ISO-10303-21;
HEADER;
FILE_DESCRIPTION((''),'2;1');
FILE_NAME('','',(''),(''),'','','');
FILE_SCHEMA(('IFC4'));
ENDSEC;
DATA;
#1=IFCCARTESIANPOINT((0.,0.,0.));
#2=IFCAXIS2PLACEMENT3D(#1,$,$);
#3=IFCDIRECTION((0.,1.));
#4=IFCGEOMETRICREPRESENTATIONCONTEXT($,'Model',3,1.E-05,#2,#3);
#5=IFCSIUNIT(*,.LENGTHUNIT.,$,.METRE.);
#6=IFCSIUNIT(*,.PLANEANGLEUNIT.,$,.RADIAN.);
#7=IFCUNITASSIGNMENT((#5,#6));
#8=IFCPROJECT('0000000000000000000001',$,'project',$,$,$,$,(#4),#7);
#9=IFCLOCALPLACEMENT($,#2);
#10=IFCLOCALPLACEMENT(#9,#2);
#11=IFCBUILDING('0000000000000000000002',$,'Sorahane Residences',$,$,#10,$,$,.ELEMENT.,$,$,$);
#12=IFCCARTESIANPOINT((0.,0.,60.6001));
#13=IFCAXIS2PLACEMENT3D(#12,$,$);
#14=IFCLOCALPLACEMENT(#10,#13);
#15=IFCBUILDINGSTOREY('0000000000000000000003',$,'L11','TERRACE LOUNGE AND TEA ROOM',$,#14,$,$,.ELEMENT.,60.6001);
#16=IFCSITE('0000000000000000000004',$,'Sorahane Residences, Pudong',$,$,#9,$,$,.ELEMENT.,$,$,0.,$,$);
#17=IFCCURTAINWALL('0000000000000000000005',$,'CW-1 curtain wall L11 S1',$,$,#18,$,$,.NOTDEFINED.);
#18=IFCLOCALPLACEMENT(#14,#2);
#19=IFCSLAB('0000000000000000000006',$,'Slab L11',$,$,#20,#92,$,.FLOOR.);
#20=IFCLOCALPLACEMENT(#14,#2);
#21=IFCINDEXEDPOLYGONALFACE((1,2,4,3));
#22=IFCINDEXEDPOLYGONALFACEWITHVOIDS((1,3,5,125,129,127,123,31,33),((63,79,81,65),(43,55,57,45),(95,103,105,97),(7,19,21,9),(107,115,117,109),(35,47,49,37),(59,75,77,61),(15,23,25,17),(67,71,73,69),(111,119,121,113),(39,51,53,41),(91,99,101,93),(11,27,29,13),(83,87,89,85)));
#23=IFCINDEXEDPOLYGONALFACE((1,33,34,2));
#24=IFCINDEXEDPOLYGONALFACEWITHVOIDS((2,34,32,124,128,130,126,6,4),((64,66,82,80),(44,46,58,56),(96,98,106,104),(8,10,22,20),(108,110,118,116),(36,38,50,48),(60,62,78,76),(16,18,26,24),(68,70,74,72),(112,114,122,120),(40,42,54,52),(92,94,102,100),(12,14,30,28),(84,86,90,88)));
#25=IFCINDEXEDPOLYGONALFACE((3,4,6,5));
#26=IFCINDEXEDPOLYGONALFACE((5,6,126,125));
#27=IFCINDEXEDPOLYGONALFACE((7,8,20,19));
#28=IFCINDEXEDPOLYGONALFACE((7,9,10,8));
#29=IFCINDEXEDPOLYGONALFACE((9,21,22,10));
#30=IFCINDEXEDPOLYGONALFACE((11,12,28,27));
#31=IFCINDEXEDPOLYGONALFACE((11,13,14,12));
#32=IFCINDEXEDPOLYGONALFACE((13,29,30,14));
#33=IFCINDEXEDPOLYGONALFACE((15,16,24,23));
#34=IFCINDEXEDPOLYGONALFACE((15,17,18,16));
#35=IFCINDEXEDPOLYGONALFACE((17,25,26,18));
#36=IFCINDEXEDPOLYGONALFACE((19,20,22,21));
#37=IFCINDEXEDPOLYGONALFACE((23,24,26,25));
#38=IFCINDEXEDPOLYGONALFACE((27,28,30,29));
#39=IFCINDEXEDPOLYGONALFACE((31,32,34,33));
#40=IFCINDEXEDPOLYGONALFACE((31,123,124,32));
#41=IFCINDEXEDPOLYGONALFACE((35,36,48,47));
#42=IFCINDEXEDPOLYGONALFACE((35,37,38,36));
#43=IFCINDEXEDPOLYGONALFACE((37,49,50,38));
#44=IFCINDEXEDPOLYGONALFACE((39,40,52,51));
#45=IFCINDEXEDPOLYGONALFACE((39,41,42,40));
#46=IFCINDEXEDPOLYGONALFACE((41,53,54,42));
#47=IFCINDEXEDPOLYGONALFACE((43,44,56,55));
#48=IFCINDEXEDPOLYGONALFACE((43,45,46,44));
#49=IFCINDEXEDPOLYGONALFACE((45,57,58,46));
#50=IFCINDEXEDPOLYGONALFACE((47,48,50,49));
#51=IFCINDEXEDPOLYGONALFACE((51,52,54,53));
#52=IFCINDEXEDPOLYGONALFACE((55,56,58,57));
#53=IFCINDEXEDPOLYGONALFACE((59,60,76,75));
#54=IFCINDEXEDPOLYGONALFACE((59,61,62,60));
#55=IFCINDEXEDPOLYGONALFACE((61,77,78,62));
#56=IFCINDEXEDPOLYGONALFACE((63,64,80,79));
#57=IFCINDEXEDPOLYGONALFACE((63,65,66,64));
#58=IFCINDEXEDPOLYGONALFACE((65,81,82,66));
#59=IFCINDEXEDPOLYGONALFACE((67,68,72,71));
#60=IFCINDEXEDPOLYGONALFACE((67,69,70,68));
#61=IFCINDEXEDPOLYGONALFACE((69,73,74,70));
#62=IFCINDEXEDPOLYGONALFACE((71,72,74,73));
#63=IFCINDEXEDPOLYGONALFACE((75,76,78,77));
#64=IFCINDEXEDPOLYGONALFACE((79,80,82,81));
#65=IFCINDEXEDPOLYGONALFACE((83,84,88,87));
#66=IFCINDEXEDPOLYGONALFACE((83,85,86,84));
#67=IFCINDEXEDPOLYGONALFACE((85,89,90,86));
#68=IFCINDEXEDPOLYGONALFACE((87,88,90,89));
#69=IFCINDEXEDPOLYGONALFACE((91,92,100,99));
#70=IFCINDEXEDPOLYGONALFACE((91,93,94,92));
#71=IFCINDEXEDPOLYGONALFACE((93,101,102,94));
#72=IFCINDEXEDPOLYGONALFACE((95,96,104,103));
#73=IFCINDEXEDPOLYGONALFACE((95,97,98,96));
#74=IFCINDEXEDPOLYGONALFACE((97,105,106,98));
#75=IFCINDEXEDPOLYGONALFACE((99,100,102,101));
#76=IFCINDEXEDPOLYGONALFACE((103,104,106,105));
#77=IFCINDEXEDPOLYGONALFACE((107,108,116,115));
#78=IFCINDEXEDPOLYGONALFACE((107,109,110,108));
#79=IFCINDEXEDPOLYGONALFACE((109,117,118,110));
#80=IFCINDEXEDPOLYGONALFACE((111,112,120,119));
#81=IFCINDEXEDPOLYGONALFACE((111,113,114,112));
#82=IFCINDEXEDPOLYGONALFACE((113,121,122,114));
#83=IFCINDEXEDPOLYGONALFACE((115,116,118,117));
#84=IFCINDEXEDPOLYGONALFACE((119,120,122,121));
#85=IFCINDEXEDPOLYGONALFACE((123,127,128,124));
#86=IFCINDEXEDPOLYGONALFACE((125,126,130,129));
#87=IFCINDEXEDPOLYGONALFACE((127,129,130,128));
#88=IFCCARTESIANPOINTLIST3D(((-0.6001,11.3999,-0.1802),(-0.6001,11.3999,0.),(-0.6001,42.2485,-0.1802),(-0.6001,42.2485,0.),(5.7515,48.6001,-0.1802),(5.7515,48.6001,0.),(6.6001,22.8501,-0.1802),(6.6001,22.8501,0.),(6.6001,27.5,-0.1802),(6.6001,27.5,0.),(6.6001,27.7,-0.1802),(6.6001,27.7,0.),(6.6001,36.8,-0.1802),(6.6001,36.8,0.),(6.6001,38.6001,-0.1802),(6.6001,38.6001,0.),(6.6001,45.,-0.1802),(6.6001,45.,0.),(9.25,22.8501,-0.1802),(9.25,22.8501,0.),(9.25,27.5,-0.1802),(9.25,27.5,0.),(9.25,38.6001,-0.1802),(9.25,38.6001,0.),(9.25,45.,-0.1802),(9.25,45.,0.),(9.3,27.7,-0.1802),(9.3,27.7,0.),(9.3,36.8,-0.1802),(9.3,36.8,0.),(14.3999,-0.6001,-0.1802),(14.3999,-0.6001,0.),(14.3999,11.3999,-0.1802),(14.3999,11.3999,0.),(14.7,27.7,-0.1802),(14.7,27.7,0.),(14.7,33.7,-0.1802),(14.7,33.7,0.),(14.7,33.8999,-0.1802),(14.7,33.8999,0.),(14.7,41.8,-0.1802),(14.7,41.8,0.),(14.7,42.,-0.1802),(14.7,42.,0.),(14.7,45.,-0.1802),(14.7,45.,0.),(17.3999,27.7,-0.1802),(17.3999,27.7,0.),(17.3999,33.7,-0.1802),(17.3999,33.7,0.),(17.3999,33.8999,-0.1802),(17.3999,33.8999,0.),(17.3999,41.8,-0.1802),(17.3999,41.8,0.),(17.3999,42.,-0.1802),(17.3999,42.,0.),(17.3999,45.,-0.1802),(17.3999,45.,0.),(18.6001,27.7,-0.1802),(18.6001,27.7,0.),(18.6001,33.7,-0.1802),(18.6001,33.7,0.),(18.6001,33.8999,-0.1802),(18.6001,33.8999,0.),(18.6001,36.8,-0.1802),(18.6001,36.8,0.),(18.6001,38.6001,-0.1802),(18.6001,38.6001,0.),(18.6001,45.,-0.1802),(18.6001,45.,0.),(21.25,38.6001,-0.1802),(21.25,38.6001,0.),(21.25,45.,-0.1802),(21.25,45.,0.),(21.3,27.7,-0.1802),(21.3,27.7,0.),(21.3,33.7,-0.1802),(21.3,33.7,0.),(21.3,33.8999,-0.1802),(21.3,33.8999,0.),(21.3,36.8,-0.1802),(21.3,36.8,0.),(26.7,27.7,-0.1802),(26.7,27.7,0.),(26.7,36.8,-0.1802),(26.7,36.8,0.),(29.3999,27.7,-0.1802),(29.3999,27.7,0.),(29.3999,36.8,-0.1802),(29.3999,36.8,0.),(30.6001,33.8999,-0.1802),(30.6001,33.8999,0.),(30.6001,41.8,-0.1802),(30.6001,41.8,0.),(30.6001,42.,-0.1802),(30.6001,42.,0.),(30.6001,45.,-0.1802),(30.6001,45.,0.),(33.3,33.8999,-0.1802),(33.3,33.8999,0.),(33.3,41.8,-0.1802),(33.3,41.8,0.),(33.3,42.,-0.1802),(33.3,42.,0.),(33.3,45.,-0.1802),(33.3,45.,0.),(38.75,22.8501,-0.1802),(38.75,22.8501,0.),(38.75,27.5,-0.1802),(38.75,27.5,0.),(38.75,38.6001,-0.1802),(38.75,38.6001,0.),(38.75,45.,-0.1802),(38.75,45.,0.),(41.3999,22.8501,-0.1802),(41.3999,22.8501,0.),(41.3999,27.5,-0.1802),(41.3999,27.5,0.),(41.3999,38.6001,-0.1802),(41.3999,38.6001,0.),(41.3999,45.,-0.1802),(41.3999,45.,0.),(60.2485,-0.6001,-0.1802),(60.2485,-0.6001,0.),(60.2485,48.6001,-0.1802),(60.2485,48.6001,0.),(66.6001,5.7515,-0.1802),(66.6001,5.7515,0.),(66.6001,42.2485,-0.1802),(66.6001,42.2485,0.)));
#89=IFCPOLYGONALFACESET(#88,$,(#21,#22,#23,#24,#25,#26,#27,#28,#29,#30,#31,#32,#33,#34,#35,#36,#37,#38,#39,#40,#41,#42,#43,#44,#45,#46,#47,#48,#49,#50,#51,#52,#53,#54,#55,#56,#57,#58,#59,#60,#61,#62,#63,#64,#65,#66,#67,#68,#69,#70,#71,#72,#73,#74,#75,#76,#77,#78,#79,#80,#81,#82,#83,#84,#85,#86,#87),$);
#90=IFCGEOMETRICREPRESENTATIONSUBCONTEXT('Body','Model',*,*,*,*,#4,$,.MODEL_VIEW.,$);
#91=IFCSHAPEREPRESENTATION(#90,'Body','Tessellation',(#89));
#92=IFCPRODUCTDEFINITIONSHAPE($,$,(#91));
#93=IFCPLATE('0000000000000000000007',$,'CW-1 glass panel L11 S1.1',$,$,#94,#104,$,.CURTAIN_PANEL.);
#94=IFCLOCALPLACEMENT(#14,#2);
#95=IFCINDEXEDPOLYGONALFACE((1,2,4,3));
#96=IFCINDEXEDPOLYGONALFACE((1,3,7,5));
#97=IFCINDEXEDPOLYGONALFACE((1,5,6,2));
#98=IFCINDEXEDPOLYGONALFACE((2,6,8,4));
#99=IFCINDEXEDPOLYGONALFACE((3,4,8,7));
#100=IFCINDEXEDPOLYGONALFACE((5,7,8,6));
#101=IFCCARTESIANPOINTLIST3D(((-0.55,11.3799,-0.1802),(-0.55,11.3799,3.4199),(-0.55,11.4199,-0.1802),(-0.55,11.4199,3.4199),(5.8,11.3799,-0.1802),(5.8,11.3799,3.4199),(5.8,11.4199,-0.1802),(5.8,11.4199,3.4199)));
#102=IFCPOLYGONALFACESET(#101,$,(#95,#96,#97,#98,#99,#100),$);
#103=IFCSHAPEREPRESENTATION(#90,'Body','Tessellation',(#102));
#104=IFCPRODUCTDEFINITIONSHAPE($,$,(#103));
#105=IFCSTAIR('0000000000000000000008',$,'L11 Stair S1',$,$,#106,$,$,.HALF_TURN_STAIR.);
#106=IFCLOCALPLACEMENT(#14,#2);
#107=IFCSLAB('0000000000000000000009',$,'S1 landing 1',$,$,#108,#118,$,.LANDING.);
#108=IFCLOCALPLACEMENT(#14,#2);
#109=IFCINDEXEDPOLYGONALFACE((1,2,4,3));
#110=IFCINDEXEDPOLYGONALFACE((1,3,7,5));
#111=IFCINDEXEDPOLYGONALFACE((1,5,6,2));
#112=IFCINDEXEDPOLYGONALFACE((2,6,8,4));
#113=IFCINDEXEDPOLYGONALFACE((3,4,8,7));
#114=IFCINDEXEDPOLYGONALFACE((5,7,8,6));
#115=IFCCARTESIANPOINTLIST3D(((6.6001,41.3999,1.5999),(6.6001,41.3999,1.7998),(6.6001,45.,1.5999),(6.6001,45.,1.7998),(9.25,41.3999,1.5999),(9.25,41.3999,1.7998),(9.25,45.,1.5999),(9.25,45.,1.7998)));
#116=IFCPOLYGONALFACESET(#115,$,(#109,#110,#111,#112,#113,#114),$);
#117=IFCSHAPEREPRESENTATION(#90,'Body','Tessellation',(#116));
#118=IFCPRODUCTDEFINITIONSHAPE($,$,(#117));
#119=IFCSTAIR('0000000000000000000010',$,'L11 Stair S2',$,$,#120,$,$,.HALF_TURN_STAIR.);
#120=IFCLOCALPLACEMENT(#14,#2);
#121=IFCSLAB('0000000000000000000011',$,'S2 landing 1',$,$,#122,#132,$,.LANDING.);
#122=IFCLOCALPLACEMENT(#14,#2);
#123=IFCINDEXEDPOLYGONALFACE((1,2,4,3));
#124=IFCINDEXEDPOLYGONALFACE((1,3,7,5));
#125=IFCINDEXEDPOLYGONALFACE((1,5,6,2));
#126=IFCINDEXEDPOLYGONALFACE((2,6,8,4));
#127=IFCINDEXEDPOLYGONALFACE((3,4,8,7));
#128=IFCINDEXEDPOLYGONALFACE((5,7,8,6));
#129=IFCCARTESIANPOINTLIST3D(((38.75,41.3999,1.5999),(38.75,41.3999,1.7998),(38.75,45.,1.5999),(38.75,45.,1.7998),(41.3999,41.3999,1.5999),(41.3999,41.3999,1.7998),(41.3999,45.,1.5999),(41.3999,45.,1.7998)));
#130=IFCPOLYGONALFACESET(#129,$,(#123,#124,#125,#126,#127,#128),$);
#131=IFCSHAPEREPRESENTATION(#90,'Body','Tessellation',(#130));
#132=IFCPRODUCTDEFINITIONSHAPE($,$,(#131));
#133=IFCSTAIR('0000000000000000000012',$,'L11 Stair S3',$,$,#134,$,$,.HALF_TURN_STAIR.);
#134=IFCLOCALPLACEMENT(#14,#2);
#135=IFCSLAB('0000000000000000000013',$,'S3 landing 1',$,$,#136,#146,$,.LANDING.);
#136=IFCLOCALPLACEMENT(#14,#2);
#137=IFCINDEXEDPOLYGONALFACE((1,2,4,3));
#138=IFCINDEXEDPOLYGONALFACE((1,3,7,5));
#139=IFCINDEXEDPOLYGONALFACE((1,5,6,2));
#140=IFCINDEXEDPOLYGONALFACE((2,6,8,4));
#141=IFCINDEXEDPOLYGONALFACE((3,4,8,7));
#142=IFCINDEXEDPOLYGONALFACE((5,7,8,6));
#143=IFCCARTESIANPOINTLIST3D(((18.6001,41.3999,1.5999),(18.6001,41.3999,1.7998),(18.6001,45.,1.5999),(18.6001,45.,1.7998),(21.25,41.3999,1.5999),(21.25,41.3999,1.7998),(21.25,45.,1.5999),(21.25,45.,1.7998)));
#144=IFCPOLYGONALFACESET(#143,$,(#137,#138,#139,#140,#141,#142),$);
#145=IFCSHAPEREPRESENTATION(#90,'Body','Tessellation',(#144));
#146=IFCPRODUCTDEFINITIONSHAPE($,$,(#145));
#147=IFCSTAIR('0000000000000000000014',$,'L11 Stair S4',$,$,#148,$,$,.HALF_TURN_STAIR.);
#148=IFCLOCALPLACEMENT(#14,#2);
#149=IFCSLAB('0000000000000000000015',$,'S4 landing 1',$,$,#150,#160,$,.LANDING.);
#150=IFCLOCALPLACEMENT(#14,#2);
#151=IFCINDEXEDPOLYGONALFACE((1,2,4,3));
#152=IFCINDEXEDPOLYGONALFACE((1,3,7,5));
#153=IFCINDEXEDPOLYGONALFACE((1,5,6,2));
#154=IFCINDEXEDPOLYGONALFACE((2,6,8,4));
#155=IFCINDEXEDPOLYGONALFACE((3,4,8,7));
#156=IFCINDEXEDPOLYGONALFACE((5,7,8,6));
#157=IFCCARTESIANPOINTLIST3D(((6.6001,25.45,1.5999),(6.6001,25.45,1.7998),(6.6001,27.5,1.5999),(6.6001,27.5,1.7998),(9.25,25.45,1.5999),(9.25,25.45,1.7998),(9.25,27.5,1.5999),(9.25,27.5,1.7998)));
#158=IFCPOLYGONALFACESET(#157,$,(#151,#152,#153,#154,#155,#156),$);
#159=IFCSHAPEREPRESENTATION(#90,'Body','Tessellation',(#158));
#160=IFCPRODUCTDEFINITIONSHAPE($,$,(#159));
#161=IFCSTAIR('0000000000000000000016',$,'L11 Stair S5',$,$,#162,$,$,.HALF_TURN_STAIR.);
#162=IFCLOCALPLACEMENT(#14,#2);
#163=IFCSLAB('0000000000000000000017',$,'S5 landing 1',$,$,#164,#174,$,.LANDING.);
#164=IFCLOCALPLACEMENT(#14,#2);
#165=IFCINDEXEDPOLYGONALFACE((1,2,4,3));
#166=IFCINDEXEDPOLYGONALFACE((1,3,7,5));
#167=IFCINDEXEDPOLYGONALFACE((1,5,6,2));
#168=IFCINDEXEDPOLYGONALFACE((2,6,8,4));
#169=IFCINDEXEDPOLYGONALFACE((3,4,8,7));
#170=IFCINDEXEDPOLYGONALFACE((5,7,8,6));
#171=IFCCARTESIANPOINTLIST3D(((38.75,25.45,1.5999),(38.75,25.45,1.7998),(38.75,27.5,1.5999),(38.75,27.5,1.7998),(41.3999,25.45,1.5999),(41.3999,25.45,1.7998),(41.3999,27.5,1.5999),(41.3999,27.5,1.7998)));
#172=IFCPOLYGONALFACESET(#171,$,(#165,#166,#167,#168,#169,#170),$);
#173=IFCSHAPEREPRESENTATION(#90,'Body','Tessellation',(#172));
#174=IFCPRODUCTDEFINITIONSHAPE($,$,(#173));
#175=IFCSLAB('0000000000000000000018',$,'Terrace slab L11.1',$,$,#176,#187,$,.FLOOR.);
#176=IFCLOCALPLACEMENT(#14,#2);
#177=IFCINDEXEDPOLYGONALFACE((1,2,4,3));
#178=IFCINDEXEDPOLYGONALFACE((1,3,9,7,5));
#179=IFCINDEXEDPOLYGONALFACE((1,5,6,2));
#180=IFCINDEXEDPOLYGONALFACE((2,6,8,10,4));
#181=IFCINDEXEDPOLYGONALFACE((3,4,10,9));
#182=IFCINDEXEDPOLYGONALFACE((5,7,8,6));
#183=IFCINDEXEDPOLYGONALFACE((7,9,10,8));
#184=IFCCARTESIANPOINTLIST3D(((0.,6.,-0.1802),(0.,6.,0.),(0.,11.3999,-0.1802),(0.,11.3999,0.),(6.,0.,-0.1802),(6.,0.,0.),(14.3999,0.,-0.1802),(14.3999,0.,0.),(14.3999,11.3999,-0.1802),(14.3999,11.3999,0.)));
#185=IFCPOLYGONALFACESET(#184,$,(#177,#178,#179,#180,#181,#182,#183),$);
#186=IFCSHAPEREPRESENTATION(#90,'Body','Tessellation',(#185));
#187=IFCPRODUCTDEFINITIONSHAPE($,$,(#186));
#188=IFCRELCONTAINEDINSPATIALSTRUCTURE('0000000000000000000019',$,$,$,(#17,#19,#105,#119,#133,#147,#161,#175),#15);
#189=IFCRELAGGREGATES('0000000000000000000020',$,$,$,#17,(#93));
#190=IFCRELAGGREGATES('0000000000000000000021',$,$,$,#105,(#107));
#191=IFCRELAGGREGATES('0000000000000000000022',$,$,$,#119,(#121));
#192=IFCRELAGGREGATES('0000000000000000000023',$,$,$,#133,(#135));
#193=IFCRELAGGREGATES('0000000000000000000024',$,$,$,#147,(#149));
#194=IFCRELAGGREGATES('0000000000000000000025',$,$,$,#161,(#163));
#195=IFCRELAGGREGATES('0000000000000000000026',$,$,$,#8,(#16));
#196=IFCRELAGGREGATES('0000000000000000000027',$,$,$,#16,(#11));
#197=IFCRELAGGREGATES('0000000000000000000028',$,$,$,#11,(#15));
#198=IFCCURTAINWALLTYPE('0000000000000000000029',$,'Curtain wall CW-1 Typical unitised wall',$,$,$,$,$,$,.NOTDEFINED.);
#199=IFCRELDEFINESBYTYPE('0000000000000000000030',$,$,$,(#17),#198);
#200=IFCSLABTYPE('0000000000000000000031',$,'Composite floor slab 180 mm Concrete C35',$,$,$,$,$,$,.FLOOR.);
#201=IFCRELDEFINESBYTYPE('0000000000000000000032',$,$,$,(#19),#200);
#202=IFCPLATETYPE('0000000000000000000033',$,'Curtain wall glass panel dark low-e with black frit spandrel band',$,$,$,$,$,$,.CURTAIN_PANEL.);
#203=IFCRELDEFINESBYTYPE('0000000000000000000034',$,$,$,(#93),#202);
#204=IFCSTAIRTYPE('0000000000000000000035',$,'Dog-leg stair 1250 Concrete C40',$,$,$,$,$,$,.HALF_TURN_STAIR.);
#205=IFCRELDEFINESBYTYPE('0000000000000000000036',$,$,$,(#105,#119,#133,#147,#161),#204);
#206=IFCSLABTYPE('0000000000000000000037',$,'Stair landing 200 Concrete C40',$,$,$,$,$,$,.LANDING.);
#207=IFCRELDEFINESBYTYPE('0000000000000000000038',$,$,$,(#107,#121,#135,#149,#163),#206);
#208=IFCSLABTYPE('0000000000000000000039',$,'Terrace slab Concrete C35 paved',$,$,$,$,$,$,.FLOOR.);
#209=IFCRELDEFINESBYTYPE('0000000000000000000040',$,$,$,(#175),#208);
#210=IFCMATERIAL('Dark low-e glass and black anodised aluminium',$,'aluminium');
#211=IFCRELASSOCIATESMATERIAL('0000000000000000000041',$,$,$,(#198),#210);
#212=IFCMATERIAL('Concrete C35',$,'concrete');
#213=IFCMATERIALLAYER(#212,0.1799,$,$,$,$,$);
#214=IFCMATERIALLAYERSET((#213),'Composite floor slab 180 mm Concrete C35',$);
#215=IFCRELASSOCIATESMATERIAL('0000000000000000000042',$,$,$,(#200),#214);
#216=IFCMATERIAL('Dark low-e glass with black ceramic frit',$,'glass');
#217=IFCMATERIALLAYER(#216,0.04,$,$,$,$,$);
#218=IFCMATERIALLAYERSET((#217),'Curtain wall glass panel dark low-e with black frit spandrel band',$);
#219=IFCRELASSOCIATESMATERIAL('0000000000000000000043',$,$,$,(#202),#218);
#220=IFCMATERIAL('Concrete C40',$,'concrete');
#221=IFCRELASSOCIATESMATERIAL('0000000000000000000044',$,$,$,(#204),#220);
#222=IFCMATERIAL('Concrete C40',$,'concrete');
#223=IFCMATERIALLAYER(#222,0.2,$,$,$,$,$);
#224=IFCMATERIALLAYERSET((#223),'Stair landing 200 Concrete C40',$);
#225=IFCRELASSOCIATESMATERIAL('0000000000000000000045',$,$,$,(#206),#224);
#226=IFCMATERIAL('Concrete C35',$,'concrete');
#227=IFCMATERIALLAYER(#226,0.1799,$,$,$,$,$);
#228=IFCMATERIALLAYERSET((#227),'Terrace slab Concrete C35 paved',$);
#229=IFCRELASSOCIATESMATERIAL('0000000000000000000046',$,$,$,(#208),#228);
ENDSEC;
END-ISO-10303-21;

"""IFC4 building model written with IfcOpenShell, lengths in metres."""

from ifc_helpers import new_model, si_unit, direction, frame, origin, origin_2d, place, context, subcontext, project, spatial, polyline, rectangle, outline, extrude, material, layer, layer_set, type_object, element, aggregate, save


model = new_model("IFC4")

# Units and contexts
model_context = context("Model", 3, precision=1e-05, world=origin(), true_north=direction((0.0, 1.0)))
body_context = subcontext(model_context, "Body", "Model", "MODEL_VIEW")
ifc_project = project(units=[si_unit("LENGTHUNIT", "METRE"), si_unit("PLANEANGLEUNIT", "RADIAN")], contexts=[model_context])

# Site, building, storey
site_placement = place(None, origin())
site = spatial("IfcSite", under=ifc_project, at=site_placement, Name="Sorahane Residences, Pudong", CompositionType="ELEMENT", RefElevation=0.0)
building_placement = place(site_placement, origin())
building = spatial("IfcBuilding", under=site, at=building_placement, Name="Sorahane Residences", CompositionType="ELEMENT")
storey_placement = place(building_placement, frame((0.0, 0.0, 60.6001)))
storey = spatial("IfcBuildingStorey", under=building, at=storey_placement, Name="L11", Description="TERRACE LOUNGE AND TEA ROOM", CompositionType="ELEMENT", Elevation=60.6001)

# Shared definitions
ifc_material_1 = material(Name="Dark low-e glass and black anodised aluminium", Category="aluminium")
curtain_wall_type = type_object("IfcCurtainWallType", Name="Curtain wall CW-1 Typical unitised wall", PredefinedType="NOTDEFINED", material=ifc_material_1)

# Curtain wall
curtain_wall_1_placement = place(storey_placement, origin())
curtain_wall_1 = element("IfcCurtainWall", 1, at=curtain_wall_1_placement, inside=storey, type_object=curtain_wall_type, Name="CW-1 curtain wall L11 S1", PredefinedType="NOTDEFINED")

# Slab
ifc_material_2 = material(Name="Concrete C35", Category="concrete")
ifc_layer_1 = layer(ifc_material_2, 0.1799)
ifc_layer_set_1 = layer_set([ifc_layer_1], Name="Composite floor slab 180 mm Concrete C35")
slab_type_1 = type_object("IfcSlabType", Name="Composite floor slab 180 mm Concrete C35", PredefinedType="FLOOR", material=ifc_layer_set_1)
slab_1_placement = place(storey_placement, frame((0.0, 0.0, -0.1802)))
element("IfcSlab", 2, at=slab_1_placement, inside=storey, type_object=slab_type_1, Name="Slab L11", PredefinedType="FLOOR", context=body_context, shape_type="SweptSolid", body=[
    extrude(outline(polyline([(-0.6001, 42.2485), (5.7515, 48.6001), (60.2485, 48.6001), (66.6001, 42.2485), (66.6001, 5.7515), (60.2485, -0.6001), (14.3999, -0.6001), (14.3999, 11.3999), (-0.6001, 11.3999), (-0.6001, 42.2485)]), holes=[polyline([(18.6001, 27.7), (21.3, 27.7), (21.3, 33.7), (18.6001, 33.7), (18.6001, 27.7)]), polyline([(30.6001, 42.0), (33.3, 42.0), (33.3, 45.0), (30.6001, 45.0), (30.6001, 42.0)]), polyline([(14.7, 27.7), (17.3999, 27.7), (17.3999, 33.7), (14.7, 33.7), (14.7, 27.7)]), polyline([(14.7, 42.0), (17.3999, 42.0), (17.3999, 45.0), (14.7, 45.0), (14.7, 42.0)]), polyline([(6.6001, 27.7), (9.3, 27.7), (9.3, 36.8), (6.6001, 36.8), (6.6001, 27.7)]), polyline([(9.25, 38.6001), (9.25, 45.0), (6.6001, 45.0), (6.6001, 38.6001), (9.25, 38.6001)]), polyline([(41.3999, 38.6001), (41.3999, 45.0), (38.75, 45.0), (38.75, 38.6001), (41.3999, 38.6001)]), polyline([(21.25, 38.6001), (21.25, 45.0), (18.6001, 45.0), (18.6001, 38.6001), (21.25, 38.6001)]), polyline([(9.25, 22.8501), (9.25, 27.5), (6.6001, 27.5), (6.6001, 22.8501), (9.25, 22.8501)]), polyline([(41.3999, 22.8501), (41.3999, 27.5), (38.75, 27.5), (38.75, 22.8501), (41.3999, 22.8501)]), polyline([(14.7, 33.8999), (17.3999, 33.8999), (17.3999, 41.8), (14.7, 41.8), (14.7, 33.8999)]), polyline([(30.6001, 33.8999), (33.3, 33.8999), (33.3, 41.8), (30.6001, 41.8), (30.6001, 33.8999)]), polyline([(18.6001, 33.8999), (21.3, 33.8999), (21.3, 36.8), (18.6001, 36.8), (18.6001, 33.8999)]), polyline([(26.7, 27.7), (29.3999, 27.7), (29.3999, 36.8), (26.7, 36.8), (26.7, 27.7)])]), origin(), (0.0, 0.0, 1.0), 0.1802),
])

# Plate
ifc_material_3 = material(Name="Dark low-e glass with black ceramic frit", Category="glass")
ifc_layer_2 = layer(ifc_material_3, 0.04)
ifc_layer_set_2 = layer_set([ifc_layer_2], Name="Curtain wall glass panel dark low-e with black frit spandrel band")
plate_type = type_object("IfcPlateType", Name="Curtain wall glass panel dark low-e with black frit spandrel band", PredefinedType="CURTAIN_PANEL", material=ifc_layer_set_2)
plate_placement = place(storey_placement, frame((2.625, 11.3999, -0.1802), z_axis=(0.0, 0.0, 1.0), x_axis=(1.0, 0.0, 0.0)))
plate = element("IfcPlate", 3, at=plate_placement, type_object=plate_type, Name="CW-1 glass panel L11 S1.1", PredefinedType="CURTAIN_PANEL", context=body_context, shape_type="SweptSolid", body=[
    extrude(rectangle(XDim=6.3501, YDim=0.04, at=origin_2d()), origin(), (0.0, 0.0, 1.0), 3.6001),
])
aggregate(curtain_wall_1, [plate])

# Stairs, slabs
ifc_material_4 = material(Name="Concrete C40", Category="concrete")
stair_type = type_object("IfcStairType", Name="Dog-leg stair 1250 Concrete C40", PredefinedType="HALF_TURN_STAIR", material=ifc_material_4)
stair_1_placement = place(storey_placement, origin())
stair_1 = element("IfcStair", 4, at=stair_1_placement, inside=storey, type_object=stair_type, Name="L11 Stair S1", PredefinedType="HALF_TURN_STAIR")
ifc_material_5 = material(Name="Concrete C40", Category="concrete")
ifc_layer_3 = layer(ifc_material_5, 0.2)
ifc_layer_set_3 = layer_set([ifc_layer_3], Name="Stair landing 200 Concrete C40")
slab_type_2 = type_object("IfcSlabType", Name="Stair landing 200 Concrete C40", PredefinedType="LANDING", material=ifc_layer_set_3)
slab_2_placement = place(storey_placement, frame((0.0, 0.0, 1.5999)))
slab_2 = element("IfcSlab", 5, at=slab_2_placement, type_object=slab_type_2, Name="S1 landing 1", PredefinedType="LANDING", context=body_context, shape_type="SweptSolid", body=[
    extrude(outline(polyline([(9.25, 41.3999), (9.25, 45.0), (6.6001, 45.0), (6.6001, 41.3999), (9.25, 41.3999)])), origin(), (0.0, 0.0, 1.0), 0.2),
])
aggregate(stair_1, [slab_2])
stair_2_placement = place(storey_placement, origin())
stair_2 = element("IfcStair", 6, at=stair_2_placement, inside=storey, type_object=stair_type, Name="L11 Stair S2", PredefinedType="HALF_TURN_STAIR")
slab_3_placement = place(storey_placement, frame((0.0, 0.0, 1.5999)))
slab_3 = element("IfcSlab", 7, at=slab_3_placement, type_object=slab_type_2, Name="S2 landing 1", PredefinedType="LANDING", context=body_context, shape_type="SweptSolid", body=[
    extrude(outline(polyline([(41.3999, 41.3999), (41.3999, 45.0), (38.75, 45.0), (38.75, 41.3999), (41.3999, 41.3999)])), origin(), (0.0, 0.0, 1.0), 0.2),
])
aggregate(stair_2, [slab_3])
stair_3_placement = place(storey_placement, origin())
stair_3 = element("IfcStair", 8, at=stair_3_placement, inside=storey, type_object=stair_type, Name="L11 Stair S3", PredefinedType="HALF_TURN_STAIR")
slab_4_placement = place(storey_placement, frame((0.0, 0.0, 1.5999)))
slab_4 = element("IfcSlab", 9, at=slab_4_placement, type_object=slab_type_2, Name="S3 landing 1", PredefinedType="LANDING", context=body_context, shape_type="SweptSolid", body=[
    extrude(outline(polyline([(21.25, 41.3999), (21.25, 45.0), (18.6001, 45.0), (18.6001, 41.3999), (21.25, 41.3999)])), origin(), (0.0, 0.0, 1.0), 0.2),
])
aggregate(stair_3, [slab_4])
stair_4_placement = place(storey_placement, origin())
stair_4 = element("IfcStair", 10, at=stair_4_placement, inside=storey, type_object=stair_type, Name="L11 Stair S4", PredefinedType="HALF_TURN_STAIR")
slab_5_placement = place(storey_placement, frame((0.0, 0.0, 1.5999)))
slab_5 = element("IfcSlab", 11, at=slab_5_placement, type_object=slab_type_2, Name="S4 landing 1", PredefinedType="LANDING", context=body_context, shape_type="SweptSolid", body=[
    extrude(outline(polyline([(9.25, 25.45), (9.25, 27.5), (6.6001, 27.5), (6.6001, 25.45), (9.25, 25.45)])), origin(), (0.0, 0.0, 1.0), 0.2),
])
aggregate(stair_4, [slab_5])
stair_5_placement = place(storey_placement, origin())
stair_5 = element("IfcStair", 12, at=stair_5_placement, inside=storey, type_object=stair_type, Name="L11 Stair S5", PredefinedType="HALF_TURN_STAIR")
slab_6_placement = place(storey_placement, frame((0.0, 0.0, 1.5999)))
slab_6 = element("IfcSlab", 13, at=slab_6_placement, type_object=slab_type_2, Name="S5 landing 1", PredefinedType="LANDING", context=body_context, shape_type="SweptSolid", body=[
    extrude(outline(polyline([(41.3999, 25.45), (41.3999, 27.5), (38.75, 27.5), (38.75, 25.45), (41.3999, 25.45)])), origin(), (0.0, 0.0, 1.0), 0.2),
])
aggregate(stair_5, [slab_6])

# Slab
ifc_material_6 = material(Name="Concrete C35", Category="concrete")
ifc_layer_4 = layer(ifc_material_6, 0.1799)
ifc_layer_set_4 = layer_set([ifc_layer_4], Name="Terrace slab Concrete C35 paved")
slab_type_3 = type_object("IfcSlabType", Name="Terrace slab Concrete C35 paved", PredefinedType="FLOOR", material=ifc_layer_set_4)
slab_7_placement = place(storey_placement, frame((0.0, 0.0, -0.1802)))
element("IfcSlab", 14, at=slab_7_placement, inside=storey, type_object=slab_type_3, Name="Terrace slab L11.1", PredefinedType="FLOOR", context=body_context, shape_type="SweptSolid", body=[
    extrude(outline(polyline([(6.0, 0.0), (0.0, 6.0), (0.0, 11.3999), (14.3999, 11.3999), (14.3999, 0.0), (6.0, 0.0)])), origin(), (0.0, 0.0, 1.0), 0.1802),
])

save(model, "model.ifc")
